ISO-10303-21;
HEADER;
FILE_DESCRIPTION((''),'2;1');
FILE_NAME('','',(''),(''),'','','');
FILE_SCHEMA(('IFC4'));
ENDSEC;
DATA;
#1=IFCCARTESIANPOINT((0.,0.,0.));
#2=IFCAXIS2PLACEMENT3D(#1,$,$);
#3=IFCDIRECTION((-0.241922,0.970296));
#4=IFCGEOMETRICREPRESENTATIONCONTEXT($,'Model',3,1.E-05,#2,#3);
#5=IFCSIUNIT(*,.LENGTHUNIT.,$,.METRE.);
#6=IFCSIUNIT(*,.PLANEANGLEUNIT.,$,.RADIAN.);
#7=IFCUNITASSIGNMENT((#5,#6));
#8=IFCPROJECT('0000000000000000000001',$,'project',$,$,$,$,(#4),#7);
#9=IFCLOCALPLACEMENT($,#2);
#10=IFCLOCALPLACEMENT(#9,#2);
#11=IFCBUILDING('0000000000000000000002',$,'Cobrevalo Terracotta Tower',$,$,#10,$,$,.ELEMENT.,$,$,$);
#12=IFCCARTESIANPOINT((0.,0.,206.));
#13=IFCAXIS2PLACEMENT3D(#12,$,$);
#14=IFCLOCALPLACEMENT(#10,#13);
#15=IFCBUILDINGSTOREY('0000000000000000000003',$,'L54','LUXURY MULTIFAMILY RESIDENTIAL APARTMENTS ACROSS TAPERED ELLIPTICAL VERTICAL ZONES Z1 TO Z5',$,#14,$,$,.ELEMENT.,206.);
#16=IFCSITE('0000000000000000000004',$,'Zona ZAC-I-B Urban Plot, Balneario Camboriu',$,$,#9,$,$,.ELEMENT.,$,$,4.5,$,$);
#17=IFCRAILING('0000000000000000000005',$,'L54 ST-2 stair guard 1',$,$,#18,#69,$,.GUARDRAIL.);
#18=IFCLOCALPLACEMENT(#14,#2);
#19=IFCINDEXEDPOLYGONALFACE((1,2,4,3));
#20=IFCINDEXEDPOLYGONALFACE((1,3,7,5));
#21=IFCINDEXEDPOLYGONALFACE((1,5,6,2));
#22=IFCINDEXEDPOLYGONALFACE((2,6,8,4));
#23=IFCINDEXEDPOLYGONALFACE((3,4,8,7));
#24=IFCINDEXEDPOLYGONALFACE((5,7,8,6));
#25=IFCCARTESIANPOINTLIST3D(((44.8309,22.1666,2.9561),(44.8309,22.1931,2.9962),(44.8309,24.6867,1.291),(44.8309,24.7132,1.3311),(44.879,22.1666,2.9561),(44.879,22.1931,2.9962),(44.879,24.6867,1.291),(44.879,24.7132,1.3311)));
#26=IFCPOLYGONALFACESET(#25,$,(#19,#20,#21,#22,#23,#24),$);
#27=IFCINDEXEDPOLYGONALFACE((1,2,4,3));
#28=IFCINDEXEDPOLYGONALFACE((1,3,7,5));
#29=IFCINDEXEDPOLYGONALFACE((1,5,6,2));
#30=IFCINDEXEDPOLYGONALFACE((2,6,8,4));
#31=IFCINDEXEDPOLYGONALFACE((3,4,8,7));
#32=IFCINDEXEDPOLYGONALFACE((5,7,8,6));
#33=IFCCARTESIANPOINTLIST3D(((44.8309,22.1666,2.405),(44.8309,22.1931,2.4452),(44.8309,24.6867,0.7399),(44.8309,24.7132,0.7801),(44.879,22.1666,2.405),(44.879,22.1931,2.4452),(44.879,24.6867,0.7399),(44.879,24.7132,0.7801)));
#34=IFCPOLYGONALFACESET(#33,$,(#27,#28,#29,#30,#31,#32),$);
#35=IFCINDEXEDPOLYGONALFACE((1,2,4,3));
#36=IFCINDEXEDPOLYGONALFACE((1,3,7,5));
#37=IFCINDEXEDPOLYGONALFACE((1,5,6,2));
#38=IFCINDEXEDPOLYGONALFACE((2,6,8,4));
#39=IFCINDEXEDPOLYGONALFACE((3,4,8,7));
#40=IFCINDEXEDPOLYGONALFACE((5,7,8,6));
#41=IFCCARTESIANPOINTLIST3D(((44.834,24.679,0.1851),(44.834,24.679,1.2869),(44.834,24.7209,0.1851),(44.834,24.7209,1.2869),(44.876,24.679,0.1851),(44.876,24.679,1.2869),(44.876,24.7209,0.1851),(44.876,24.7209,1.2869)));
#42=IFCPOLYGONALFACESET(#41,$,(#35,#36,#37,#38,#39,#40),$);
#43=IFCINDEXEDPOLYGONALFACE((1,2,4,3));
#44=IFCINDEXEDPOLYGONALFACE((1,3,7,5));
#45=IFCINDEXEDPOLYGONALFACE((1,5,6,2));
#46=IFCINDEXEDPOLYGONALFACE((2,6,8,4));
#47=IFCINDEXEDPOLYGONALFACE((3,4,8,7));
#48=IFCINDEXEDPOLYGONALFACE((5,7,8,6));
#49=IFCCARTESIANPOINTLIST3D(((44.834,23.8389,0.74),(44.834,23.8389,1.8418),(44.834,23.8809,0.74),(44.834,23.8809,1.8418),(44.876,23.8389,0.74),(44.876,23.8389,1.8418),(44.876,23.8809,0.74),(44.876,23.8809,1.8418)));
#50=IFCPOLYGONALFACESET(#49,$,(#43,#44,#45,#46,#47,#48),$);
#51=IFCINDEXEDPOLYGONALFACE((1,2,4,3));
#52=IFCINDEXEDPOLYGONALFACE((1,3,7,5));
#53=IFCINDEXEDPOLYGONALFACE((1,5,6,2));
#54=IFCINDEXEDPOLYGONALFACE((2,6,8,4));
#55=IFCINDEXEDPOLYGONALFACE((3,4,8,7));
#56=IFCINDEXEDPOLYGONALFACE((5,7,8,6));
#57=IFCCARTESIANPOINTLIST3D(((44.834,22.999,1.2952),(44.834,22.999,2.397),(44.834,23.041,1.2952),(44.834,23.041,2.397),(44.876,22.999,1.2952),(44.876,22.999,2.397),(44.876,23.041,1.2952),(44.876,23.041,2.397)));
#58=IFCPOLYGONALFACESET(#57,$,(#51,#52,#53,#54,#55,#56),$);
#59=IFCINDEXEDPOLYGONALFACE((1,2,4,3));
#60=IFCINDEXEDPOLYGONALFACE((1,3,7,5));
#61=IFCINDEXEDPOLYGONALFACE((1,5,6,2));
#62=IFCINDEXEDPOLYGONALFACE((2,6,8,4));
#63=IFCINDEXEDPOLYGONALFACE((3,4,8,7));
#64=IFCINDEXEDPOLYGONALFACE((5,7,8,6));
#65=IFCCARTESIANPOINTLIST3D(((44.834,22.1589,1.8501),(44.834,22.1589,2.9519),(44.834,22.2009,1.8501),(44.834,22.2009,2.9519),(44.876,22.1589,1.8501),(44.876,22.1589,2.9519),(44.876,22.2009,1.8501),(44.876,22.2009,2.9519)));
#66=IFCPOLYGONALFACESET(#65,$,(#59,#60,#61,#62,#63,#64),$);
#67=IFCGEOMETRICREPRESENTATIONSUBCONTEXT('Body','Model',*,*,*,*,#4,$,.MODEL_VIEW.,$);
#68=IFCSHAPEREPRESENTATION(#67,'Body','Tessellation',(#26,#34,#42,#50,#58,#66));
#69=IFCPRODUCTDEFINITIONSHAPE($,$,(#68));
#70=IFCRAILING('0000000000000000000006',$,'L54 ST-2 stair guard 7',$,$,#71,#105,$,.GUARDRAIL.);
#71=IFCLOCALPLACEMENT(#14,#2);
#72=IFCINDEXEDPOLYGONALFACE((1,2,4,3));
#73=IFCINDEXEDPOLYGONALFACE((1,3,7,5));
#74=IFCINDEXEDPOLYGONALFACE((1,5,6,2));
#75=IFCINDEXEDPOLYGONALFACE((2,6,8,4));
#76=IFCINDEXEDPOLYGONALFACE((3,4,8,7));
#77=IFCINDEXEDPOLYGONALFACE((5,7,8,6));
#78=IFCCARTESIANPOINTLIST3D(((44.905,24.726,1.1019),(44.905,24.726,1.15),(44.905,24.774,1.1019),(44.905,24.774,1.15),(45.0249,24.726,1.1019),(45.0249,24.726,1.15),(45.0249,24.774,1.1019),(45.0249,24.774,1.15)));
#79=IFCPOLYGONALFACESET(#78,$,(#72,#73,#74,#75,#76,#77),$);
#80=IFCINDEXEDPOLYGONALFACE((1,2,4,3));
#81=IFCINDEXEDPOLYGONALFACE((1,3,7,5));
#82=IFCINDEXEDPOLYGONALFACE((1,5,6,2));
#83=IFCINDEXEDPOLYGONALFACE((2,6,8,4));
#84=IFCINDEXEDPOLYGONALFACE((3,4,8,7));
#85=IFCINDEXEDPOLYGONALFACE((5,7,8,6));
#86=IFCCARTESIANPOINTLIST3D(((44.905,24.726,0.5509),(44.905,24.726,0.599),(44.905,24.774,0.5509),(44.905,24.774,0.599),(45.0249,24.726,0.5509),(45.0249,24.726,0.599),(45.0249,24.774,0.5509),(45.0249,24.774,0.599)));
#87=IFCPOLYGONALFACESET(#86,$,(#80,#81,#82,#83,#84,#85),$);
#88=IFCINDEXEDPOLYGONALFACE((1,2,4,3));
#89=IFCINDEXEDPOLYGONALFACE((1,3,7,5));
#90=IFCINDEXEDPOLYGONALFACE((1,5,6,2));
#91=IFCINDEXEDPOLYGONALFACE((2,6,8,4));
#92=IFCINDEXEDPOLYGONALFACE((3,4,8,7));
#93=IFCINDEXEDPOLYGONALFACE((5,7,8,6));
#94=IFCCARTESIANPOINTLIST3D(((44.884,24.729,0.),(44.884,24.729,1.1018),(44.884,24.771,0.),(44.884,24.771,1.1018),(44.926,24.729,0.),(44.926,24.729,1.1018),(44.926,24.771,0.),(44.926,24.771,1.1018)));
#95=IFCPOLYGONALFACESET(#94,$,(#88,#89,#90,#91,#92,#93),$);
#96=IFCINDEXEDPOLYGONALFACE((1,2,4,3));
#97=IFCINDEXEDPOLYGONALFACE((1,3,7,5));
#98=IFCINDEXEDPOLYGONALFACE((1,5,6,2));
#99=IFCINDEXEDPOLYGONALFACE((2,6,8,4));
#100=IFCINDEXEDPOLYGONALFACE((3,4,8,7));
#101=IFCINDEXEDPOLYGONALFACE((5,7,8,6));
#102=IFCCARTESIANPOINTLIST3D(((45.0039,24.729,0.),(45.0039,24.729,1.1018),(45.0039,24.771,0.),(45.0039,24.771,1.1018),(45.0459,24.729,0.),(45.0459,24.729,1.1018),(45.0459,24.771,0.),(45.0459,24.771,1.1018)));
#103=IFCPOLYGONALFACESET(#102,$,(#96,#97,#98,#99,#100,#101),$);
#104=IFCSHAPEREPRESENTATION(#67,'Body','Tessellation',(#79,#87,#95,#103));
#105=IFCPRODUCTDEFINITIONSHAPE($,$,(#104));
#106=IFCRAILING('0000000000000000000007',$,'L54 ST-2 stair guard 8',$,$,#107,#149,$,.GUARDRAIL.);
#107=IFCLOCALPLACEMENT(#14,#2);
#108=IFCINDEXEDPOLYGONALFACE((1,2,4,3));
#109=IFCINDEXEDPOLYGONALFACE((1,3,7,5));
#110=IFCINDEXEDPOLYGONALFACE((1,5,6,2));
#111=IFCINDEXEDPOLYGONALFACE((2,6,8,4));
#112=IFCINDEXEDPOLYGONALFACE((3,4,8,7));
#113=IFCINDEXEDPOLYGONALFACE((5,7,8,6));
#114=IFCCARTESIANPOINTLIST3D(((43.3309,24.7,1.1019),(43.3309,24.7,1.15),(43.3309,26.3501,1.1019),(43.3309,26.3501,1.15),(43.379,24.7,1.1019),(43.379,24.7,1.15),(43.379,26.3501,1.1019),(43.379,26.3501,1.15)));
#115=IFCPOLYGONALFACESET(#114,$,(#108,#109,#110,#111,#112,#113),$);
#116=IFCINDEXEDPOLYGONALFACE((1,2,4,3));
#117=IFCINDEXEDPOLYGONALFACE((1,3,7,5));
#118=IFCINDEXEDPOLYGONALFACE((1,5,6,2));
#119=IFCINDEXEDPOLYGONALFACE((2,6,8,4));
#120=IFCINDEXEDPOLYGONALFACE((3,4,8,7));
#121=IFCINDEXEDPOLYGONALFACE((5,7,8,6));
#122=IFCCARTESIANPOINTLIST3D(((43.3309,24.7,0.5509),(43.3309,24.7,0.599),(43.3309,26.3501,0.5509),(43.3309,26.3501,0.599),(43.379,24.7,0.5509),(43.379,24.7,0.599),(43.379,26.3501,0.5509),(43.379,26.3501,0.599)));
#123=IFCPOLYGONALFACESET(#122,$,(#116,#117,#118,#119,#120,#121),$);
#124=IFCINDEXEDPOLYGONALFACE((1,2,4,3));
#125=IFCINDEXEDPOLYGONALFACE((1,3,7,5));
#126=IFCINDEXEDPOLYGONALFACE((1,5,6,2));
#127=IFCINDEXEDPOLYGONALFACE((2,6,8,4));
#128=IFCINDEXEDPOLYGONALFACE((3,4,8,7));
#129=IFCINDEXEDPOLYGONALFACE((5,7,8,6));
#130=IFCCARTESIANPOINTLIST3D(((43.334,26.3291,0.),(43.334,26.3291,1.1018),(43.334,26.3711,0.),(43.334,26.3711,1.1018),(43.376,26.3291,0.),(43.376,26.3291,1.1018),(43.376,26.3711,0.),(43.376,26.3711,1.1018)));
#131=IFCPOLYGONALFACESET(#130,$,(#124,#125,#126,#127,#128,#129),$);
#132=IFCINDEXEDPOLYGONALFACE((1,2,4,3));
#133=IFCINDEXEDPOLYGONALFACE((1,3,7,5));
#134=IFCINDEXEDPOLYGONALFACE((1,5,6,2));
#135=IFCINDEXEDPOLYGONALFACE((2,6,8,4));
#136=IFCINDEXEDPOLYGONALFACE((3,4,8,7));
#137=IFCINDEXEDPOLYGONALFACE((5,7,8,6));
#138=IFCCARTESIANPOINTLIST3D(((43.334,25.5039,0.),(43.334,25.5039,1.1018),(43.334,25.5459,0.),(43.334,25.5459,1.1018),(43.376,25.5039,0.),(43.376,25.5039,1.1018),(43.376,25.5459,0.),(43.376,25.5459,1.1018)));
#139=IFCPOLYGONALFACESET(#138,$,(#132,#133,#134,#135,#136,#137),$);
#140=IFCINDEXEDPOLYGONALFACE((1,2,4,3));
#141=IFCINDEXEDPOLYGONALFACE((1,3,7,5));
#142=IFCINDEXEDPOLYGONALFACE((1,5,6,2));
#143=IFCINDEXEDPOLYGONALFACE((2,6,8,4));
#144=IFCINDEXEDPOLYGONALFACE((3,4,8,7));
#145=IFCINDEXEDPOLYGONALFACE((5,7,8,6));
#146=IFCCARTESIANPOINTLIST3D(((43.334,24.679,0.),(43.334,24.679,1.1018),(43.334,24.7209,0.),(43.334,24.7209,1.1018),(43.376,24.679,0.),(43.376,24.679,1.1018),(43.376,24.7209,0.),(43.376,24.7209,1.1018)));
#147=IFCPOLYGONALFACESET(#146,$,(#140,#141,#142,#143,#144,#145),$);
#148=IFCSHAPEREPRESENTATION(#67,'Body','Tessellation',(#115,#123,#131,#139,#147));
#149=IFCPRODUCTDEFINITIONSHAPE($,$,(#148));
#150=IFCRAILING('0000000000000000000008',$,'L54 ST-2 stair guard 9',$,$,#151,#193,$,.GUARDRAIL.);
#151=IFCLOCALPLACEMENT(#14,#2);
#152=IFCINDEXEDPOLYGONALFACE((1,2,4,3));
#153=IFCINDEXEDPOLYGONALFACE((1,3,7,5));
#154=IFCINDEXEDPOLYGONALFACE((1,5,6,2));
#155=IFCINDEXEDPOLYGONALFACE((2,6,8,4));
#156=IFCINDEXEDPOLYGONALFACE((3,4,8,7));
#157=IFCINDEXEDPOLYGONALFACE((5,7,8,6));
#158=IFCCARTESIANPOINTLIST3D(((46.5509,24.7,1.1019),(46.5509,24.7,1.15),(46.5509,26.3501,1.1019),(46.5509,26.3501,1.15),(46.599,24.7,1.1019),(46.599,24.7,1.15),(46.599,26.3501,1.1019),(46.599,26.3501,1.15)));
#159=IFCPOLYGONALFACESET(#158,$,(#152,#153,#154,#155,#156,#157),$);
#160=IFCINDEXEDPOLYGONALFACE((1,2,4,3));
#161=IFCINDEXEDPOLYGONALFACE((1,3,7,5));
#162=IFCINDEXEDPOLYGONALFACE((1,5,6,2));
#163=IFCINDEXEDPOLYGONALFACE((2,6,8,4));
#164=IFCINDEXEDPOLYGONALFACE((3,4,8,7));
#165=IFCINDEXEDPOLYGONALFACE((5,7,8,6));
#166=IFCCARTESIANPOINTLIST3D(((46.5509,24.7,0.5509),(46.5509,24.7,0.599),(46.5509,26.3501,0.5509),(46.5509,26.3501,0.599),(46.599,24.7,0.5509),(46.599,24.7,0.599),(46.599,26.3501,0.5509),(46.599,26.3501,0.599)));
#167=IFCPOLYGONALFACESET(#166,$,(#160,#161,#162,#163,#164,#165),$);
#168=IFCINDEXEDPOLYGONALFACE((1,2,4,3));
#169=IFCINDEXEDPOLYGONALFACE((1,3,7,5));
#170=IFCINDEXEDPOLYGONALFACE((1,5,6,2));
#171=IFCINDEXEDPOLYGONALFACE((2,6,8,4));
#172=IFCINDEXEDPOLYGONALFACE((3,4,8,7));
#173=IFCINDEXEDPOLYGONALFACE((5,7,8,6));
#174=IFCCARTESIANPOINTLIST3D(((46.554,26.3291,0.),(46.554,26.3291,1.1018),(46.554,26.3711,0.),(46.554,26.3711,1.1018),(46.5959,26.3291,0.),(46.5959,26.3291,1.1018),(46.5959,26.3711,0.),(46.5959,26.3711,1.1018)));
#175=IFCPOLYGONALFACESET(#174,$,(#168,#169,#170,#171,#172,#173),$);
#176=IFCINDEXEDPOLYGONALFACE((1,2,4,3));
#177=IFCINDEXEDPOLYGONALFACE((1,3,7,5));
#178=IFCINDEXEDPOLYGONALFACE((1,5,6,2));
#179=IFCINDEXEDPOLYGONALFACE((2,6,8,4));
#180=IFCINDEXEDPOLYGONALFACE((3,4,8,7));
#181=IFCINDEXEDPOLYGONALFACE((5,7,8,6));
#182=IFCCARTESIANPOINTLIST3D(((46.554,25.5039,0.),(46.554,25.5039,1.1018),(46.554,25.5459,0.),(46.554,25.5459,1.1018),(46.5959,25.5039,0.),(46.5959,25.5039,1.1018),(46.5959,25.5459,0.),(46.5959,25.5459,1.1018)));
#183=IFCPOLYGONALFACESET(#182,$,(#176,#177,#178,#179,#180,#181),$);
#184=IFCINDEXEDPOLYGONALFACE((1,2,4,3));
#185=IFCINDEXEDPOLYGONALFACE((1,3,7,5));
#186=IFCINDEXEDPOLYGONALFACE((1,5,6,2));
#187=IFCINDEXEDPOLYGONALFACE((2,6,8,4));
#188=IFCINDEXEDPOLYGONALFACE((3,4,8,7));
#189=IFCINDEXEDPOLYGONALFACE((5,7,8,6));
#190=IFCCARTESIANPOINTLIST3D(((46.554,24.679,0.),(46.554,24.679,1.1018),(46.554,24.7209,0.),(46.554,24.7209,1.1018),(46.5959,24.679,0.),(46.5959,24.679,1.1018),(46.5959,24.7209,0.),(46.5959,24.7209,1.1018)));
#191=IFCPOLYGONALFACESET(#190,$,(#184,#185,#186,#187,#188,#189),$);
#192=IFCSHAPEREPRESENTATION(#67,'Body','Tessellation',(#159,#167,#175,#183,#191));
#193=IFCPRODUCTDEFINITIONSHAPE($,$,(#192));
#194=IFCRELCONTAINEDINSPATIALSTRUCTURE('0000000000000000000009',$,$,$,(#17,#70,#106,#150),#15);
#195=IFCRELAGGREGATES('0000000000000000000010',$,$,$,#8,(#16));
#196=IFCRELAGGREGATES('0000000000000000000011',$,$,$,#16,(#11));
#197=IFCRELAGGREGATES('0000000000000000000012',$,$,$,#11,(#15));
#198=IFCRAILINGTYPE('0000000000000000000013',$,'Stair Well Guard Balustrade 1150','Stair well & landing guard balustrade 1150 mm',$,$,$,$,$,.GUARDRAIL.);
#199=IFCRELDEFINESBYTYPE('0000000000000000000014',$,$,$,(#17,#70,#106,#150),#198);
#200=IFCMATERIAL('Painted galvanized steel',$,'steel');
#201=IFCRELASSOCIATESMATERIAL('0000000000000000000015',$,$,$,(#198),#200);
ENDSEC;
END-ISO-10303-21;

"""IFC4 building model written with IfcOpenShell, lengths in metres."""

from ifc_helpers import new_model, si_unit, direction, frame, origin, origin_2d, place, context, subcontext, project, spatial, rectangle, extrude, material, type_object, element, save


model = new_model("IFC4")

# Units and contexts
model_context = context("Model", 3, precision=1e-05, world=origin(), true_north=direction((-0.241922, 0.970296)))
body_context = subcontext(model_context, "Body", "Model", "MODEL_VIEW")
ifc_project = project(units=[si_unit("LENGTHUNIT", "METRE"), si_unit("PLANEANGLEUNIT", "RADIAN")], contexts=[model_context])

# Site, building, storey
site_placement = place(None, origin())
site = spatial("IfcSite", under=ifc_project, at=site_placement, Name="Zona ZAC-I-B Urban Plot, Balneario Camboriu", CompositionType="ELEMENT", RefElevation=4.5)
building_placement = place(site_placement, origin())
building = spatial("IfcBuilding", under=site, at=building_placement, Name="Cobrevalo Terracotta Tower", CompositionType="ELEMENT")
storey_placement = place(building_placement, frame((0.0, 0.0, 206.0)))
storey = spatial("IfcBuildingStorey", under=building, at=storey_placement, Name="L54", Description="LUXURY MULTIFAMILY RESIDENTIAL APARTMENTS ACROSS TAPERED ELLIPTICAL VERTICAL ZONES Z1 TO Z5", CompositionType="ELEMENT", Elevation=206.0)

# Railings
ifc_material_1 = material(Name="Painted galvanized steel", Category="steel")
railing_type_1 = type_object("IfcRailingType", Name="Stair Well Guard Balustrade 1150", Description="Stair well & landing guard balustrade 1150 mm", PredefinedType="GUARDRAIL", material=ifc_material_1)
railing_1_placement = place(storey_placement, frame((44.855, 24.7, 0.1851)))
element("IfcRailing", 1, at=railing_1_placement, inside=storey, type_object=railing_type_1, Name="L54 ST-2 stair guard 1", PredefinedType="GUARDRAIL", context=body_context, shape_type="SweptSolid", body=[
    extrude(rectangle(XDim=0.0481, YDim=0.0481, at=origin_2d()), frame((0.0, 0.0, 1.126), z_axis=(0.0, -0.834331, 0.551263), x_axis=(1.0, 0.0, 0.0)), (0.0, 0.0, 1.0), 3.0205),
    extrude(rectangle(XDim=0.0481, YDim=0.0481, at=origin_2d()), frame((0.0, 0.0, 0.575), z_axis=(0.0, -0.834331, 0.551263), x_axis=(1.0, 0.0, 0.0)), (0.0, 0.0, 1.0), 3.0205),
    extrude(rectangle(XDim=0.042, YDim=0.042, at=origin_2d()), origin(), (0.0, 0.0, 1.0), 1.1018),
    extrude(rectangle(XDim=0.042, YDim=0.042, at=origin_2d()), frame((0.0, -0.8401, 0.5549)), (0.0, 0.0, 1.0), 1.1018),
    extrude(rectangle(XDim=0.042, YDim=0.042, at=origin_2d()), frame((0.0, -1.6799, 1.1101)), (0.0, 0.0, 1.0), 1.1018),
    extrude(rectangle(XDim=0.042, YDim=0.042, at=origin_2d()), frame((0.0, -2.52, 1.665)), (0.0, 0.0, 1.0), 1.1018),
])
railing_2_placement = place(storey_placement, frame((44.905, 24.75, 0.0)))
element("IfcRailing", 2, at=railing_2_placement, inside=storey, type_object=railing_type_1, Name="L54 ST-2 stair guard 7", PredefinedType="GUARDRAIL", context=body_context, shape_type="SweptSolid", body=[
    extrude(rectangle(XDim=0.0481, YDim=0.0481, at=origin_2d()), frame((0.0, 0.0, 1.126), z_axis=(1.0, 0.0, 0.0), x_axis=(0.0, 1.0, 0.0)), (0.0, 0.0, 1.0), 0.1199),
    extrude(rectangle(XDim=0.0481, YDim=0.0481, at=origin_2d()), frame((0.0, 0.0, 0.575), z_axis=(1.0, 0.0, 0.0), x_axis=(0.0, 1.0, 0.0)), (0.0, 0.0, 1.0), 0.1199),
    extrude(rectangle(XDim=0.042, YDim=0.042, at=origin_2d()), origin(), (0.0, 0.0, 1.0), 1.1018),
    extrude(rectangle(XDim=0.042, YDim=0.042, at=origin_2d()), frame((0.1199, 0.0, 0.0)), (0.0, 0.0, 1.0), 1.1018),
])
for number, where, name in (
    (3, (43.355, 26.3501, 0.0), "L54 ST-2 stair guard 8"),
    (4, (46.575, 26.3501, 0.0), "L54 ST-2 stair guard 9"),
):
    element("IfcRailing", number, at=place(storey_placement, frame(where)), inside=storey, type_object=railing_type_1, Name=name, PredefinedType="GUARDRAIL", context=body_context, shape_type="SweptSolid", body=[
        extrude(rectangle(XDim=0.0481, YDim=0.0481, at=origin_2d()), frame((0.0, 0.0, 1.126), z_axis=(0.0, -1.0, 0.0), x_axis=(1.0, 0.0, 0.0)), (0.0, 0.0, 1.0), 1.6501),
        extrude(rectangle(XDim=0.0481, YDim=0.0481, at=origin_2d()), frame((0.0, 0.0, 0.575), z_axis=(0.0, -1.0, 0.0), x_axis=(1.0, 0.0, 0.0)), (0.0, 0.0, 1.0), 1.6501),
        extrude(rectangle(XDim=0.042, YDim=0.042, at=origin_2d()), origin(), (0.0, 0.0, 1.0), 1.1018),
        extrude(rectangle(XDim=0.042, YDim=0.042, at=origin_2d()), frame((0.0, -0.8252, 0.0)), (0.0, 0.0, 1.0), 1.1018),
        extrude(rectangle(XDim=0.042, YDim=0.042, at=origin_2d()), frame((0.0, -1.6501, 0.0)), (0.0, 0.0, 1.0), 1.1018),
    ])

save(model, "model.ifc")
